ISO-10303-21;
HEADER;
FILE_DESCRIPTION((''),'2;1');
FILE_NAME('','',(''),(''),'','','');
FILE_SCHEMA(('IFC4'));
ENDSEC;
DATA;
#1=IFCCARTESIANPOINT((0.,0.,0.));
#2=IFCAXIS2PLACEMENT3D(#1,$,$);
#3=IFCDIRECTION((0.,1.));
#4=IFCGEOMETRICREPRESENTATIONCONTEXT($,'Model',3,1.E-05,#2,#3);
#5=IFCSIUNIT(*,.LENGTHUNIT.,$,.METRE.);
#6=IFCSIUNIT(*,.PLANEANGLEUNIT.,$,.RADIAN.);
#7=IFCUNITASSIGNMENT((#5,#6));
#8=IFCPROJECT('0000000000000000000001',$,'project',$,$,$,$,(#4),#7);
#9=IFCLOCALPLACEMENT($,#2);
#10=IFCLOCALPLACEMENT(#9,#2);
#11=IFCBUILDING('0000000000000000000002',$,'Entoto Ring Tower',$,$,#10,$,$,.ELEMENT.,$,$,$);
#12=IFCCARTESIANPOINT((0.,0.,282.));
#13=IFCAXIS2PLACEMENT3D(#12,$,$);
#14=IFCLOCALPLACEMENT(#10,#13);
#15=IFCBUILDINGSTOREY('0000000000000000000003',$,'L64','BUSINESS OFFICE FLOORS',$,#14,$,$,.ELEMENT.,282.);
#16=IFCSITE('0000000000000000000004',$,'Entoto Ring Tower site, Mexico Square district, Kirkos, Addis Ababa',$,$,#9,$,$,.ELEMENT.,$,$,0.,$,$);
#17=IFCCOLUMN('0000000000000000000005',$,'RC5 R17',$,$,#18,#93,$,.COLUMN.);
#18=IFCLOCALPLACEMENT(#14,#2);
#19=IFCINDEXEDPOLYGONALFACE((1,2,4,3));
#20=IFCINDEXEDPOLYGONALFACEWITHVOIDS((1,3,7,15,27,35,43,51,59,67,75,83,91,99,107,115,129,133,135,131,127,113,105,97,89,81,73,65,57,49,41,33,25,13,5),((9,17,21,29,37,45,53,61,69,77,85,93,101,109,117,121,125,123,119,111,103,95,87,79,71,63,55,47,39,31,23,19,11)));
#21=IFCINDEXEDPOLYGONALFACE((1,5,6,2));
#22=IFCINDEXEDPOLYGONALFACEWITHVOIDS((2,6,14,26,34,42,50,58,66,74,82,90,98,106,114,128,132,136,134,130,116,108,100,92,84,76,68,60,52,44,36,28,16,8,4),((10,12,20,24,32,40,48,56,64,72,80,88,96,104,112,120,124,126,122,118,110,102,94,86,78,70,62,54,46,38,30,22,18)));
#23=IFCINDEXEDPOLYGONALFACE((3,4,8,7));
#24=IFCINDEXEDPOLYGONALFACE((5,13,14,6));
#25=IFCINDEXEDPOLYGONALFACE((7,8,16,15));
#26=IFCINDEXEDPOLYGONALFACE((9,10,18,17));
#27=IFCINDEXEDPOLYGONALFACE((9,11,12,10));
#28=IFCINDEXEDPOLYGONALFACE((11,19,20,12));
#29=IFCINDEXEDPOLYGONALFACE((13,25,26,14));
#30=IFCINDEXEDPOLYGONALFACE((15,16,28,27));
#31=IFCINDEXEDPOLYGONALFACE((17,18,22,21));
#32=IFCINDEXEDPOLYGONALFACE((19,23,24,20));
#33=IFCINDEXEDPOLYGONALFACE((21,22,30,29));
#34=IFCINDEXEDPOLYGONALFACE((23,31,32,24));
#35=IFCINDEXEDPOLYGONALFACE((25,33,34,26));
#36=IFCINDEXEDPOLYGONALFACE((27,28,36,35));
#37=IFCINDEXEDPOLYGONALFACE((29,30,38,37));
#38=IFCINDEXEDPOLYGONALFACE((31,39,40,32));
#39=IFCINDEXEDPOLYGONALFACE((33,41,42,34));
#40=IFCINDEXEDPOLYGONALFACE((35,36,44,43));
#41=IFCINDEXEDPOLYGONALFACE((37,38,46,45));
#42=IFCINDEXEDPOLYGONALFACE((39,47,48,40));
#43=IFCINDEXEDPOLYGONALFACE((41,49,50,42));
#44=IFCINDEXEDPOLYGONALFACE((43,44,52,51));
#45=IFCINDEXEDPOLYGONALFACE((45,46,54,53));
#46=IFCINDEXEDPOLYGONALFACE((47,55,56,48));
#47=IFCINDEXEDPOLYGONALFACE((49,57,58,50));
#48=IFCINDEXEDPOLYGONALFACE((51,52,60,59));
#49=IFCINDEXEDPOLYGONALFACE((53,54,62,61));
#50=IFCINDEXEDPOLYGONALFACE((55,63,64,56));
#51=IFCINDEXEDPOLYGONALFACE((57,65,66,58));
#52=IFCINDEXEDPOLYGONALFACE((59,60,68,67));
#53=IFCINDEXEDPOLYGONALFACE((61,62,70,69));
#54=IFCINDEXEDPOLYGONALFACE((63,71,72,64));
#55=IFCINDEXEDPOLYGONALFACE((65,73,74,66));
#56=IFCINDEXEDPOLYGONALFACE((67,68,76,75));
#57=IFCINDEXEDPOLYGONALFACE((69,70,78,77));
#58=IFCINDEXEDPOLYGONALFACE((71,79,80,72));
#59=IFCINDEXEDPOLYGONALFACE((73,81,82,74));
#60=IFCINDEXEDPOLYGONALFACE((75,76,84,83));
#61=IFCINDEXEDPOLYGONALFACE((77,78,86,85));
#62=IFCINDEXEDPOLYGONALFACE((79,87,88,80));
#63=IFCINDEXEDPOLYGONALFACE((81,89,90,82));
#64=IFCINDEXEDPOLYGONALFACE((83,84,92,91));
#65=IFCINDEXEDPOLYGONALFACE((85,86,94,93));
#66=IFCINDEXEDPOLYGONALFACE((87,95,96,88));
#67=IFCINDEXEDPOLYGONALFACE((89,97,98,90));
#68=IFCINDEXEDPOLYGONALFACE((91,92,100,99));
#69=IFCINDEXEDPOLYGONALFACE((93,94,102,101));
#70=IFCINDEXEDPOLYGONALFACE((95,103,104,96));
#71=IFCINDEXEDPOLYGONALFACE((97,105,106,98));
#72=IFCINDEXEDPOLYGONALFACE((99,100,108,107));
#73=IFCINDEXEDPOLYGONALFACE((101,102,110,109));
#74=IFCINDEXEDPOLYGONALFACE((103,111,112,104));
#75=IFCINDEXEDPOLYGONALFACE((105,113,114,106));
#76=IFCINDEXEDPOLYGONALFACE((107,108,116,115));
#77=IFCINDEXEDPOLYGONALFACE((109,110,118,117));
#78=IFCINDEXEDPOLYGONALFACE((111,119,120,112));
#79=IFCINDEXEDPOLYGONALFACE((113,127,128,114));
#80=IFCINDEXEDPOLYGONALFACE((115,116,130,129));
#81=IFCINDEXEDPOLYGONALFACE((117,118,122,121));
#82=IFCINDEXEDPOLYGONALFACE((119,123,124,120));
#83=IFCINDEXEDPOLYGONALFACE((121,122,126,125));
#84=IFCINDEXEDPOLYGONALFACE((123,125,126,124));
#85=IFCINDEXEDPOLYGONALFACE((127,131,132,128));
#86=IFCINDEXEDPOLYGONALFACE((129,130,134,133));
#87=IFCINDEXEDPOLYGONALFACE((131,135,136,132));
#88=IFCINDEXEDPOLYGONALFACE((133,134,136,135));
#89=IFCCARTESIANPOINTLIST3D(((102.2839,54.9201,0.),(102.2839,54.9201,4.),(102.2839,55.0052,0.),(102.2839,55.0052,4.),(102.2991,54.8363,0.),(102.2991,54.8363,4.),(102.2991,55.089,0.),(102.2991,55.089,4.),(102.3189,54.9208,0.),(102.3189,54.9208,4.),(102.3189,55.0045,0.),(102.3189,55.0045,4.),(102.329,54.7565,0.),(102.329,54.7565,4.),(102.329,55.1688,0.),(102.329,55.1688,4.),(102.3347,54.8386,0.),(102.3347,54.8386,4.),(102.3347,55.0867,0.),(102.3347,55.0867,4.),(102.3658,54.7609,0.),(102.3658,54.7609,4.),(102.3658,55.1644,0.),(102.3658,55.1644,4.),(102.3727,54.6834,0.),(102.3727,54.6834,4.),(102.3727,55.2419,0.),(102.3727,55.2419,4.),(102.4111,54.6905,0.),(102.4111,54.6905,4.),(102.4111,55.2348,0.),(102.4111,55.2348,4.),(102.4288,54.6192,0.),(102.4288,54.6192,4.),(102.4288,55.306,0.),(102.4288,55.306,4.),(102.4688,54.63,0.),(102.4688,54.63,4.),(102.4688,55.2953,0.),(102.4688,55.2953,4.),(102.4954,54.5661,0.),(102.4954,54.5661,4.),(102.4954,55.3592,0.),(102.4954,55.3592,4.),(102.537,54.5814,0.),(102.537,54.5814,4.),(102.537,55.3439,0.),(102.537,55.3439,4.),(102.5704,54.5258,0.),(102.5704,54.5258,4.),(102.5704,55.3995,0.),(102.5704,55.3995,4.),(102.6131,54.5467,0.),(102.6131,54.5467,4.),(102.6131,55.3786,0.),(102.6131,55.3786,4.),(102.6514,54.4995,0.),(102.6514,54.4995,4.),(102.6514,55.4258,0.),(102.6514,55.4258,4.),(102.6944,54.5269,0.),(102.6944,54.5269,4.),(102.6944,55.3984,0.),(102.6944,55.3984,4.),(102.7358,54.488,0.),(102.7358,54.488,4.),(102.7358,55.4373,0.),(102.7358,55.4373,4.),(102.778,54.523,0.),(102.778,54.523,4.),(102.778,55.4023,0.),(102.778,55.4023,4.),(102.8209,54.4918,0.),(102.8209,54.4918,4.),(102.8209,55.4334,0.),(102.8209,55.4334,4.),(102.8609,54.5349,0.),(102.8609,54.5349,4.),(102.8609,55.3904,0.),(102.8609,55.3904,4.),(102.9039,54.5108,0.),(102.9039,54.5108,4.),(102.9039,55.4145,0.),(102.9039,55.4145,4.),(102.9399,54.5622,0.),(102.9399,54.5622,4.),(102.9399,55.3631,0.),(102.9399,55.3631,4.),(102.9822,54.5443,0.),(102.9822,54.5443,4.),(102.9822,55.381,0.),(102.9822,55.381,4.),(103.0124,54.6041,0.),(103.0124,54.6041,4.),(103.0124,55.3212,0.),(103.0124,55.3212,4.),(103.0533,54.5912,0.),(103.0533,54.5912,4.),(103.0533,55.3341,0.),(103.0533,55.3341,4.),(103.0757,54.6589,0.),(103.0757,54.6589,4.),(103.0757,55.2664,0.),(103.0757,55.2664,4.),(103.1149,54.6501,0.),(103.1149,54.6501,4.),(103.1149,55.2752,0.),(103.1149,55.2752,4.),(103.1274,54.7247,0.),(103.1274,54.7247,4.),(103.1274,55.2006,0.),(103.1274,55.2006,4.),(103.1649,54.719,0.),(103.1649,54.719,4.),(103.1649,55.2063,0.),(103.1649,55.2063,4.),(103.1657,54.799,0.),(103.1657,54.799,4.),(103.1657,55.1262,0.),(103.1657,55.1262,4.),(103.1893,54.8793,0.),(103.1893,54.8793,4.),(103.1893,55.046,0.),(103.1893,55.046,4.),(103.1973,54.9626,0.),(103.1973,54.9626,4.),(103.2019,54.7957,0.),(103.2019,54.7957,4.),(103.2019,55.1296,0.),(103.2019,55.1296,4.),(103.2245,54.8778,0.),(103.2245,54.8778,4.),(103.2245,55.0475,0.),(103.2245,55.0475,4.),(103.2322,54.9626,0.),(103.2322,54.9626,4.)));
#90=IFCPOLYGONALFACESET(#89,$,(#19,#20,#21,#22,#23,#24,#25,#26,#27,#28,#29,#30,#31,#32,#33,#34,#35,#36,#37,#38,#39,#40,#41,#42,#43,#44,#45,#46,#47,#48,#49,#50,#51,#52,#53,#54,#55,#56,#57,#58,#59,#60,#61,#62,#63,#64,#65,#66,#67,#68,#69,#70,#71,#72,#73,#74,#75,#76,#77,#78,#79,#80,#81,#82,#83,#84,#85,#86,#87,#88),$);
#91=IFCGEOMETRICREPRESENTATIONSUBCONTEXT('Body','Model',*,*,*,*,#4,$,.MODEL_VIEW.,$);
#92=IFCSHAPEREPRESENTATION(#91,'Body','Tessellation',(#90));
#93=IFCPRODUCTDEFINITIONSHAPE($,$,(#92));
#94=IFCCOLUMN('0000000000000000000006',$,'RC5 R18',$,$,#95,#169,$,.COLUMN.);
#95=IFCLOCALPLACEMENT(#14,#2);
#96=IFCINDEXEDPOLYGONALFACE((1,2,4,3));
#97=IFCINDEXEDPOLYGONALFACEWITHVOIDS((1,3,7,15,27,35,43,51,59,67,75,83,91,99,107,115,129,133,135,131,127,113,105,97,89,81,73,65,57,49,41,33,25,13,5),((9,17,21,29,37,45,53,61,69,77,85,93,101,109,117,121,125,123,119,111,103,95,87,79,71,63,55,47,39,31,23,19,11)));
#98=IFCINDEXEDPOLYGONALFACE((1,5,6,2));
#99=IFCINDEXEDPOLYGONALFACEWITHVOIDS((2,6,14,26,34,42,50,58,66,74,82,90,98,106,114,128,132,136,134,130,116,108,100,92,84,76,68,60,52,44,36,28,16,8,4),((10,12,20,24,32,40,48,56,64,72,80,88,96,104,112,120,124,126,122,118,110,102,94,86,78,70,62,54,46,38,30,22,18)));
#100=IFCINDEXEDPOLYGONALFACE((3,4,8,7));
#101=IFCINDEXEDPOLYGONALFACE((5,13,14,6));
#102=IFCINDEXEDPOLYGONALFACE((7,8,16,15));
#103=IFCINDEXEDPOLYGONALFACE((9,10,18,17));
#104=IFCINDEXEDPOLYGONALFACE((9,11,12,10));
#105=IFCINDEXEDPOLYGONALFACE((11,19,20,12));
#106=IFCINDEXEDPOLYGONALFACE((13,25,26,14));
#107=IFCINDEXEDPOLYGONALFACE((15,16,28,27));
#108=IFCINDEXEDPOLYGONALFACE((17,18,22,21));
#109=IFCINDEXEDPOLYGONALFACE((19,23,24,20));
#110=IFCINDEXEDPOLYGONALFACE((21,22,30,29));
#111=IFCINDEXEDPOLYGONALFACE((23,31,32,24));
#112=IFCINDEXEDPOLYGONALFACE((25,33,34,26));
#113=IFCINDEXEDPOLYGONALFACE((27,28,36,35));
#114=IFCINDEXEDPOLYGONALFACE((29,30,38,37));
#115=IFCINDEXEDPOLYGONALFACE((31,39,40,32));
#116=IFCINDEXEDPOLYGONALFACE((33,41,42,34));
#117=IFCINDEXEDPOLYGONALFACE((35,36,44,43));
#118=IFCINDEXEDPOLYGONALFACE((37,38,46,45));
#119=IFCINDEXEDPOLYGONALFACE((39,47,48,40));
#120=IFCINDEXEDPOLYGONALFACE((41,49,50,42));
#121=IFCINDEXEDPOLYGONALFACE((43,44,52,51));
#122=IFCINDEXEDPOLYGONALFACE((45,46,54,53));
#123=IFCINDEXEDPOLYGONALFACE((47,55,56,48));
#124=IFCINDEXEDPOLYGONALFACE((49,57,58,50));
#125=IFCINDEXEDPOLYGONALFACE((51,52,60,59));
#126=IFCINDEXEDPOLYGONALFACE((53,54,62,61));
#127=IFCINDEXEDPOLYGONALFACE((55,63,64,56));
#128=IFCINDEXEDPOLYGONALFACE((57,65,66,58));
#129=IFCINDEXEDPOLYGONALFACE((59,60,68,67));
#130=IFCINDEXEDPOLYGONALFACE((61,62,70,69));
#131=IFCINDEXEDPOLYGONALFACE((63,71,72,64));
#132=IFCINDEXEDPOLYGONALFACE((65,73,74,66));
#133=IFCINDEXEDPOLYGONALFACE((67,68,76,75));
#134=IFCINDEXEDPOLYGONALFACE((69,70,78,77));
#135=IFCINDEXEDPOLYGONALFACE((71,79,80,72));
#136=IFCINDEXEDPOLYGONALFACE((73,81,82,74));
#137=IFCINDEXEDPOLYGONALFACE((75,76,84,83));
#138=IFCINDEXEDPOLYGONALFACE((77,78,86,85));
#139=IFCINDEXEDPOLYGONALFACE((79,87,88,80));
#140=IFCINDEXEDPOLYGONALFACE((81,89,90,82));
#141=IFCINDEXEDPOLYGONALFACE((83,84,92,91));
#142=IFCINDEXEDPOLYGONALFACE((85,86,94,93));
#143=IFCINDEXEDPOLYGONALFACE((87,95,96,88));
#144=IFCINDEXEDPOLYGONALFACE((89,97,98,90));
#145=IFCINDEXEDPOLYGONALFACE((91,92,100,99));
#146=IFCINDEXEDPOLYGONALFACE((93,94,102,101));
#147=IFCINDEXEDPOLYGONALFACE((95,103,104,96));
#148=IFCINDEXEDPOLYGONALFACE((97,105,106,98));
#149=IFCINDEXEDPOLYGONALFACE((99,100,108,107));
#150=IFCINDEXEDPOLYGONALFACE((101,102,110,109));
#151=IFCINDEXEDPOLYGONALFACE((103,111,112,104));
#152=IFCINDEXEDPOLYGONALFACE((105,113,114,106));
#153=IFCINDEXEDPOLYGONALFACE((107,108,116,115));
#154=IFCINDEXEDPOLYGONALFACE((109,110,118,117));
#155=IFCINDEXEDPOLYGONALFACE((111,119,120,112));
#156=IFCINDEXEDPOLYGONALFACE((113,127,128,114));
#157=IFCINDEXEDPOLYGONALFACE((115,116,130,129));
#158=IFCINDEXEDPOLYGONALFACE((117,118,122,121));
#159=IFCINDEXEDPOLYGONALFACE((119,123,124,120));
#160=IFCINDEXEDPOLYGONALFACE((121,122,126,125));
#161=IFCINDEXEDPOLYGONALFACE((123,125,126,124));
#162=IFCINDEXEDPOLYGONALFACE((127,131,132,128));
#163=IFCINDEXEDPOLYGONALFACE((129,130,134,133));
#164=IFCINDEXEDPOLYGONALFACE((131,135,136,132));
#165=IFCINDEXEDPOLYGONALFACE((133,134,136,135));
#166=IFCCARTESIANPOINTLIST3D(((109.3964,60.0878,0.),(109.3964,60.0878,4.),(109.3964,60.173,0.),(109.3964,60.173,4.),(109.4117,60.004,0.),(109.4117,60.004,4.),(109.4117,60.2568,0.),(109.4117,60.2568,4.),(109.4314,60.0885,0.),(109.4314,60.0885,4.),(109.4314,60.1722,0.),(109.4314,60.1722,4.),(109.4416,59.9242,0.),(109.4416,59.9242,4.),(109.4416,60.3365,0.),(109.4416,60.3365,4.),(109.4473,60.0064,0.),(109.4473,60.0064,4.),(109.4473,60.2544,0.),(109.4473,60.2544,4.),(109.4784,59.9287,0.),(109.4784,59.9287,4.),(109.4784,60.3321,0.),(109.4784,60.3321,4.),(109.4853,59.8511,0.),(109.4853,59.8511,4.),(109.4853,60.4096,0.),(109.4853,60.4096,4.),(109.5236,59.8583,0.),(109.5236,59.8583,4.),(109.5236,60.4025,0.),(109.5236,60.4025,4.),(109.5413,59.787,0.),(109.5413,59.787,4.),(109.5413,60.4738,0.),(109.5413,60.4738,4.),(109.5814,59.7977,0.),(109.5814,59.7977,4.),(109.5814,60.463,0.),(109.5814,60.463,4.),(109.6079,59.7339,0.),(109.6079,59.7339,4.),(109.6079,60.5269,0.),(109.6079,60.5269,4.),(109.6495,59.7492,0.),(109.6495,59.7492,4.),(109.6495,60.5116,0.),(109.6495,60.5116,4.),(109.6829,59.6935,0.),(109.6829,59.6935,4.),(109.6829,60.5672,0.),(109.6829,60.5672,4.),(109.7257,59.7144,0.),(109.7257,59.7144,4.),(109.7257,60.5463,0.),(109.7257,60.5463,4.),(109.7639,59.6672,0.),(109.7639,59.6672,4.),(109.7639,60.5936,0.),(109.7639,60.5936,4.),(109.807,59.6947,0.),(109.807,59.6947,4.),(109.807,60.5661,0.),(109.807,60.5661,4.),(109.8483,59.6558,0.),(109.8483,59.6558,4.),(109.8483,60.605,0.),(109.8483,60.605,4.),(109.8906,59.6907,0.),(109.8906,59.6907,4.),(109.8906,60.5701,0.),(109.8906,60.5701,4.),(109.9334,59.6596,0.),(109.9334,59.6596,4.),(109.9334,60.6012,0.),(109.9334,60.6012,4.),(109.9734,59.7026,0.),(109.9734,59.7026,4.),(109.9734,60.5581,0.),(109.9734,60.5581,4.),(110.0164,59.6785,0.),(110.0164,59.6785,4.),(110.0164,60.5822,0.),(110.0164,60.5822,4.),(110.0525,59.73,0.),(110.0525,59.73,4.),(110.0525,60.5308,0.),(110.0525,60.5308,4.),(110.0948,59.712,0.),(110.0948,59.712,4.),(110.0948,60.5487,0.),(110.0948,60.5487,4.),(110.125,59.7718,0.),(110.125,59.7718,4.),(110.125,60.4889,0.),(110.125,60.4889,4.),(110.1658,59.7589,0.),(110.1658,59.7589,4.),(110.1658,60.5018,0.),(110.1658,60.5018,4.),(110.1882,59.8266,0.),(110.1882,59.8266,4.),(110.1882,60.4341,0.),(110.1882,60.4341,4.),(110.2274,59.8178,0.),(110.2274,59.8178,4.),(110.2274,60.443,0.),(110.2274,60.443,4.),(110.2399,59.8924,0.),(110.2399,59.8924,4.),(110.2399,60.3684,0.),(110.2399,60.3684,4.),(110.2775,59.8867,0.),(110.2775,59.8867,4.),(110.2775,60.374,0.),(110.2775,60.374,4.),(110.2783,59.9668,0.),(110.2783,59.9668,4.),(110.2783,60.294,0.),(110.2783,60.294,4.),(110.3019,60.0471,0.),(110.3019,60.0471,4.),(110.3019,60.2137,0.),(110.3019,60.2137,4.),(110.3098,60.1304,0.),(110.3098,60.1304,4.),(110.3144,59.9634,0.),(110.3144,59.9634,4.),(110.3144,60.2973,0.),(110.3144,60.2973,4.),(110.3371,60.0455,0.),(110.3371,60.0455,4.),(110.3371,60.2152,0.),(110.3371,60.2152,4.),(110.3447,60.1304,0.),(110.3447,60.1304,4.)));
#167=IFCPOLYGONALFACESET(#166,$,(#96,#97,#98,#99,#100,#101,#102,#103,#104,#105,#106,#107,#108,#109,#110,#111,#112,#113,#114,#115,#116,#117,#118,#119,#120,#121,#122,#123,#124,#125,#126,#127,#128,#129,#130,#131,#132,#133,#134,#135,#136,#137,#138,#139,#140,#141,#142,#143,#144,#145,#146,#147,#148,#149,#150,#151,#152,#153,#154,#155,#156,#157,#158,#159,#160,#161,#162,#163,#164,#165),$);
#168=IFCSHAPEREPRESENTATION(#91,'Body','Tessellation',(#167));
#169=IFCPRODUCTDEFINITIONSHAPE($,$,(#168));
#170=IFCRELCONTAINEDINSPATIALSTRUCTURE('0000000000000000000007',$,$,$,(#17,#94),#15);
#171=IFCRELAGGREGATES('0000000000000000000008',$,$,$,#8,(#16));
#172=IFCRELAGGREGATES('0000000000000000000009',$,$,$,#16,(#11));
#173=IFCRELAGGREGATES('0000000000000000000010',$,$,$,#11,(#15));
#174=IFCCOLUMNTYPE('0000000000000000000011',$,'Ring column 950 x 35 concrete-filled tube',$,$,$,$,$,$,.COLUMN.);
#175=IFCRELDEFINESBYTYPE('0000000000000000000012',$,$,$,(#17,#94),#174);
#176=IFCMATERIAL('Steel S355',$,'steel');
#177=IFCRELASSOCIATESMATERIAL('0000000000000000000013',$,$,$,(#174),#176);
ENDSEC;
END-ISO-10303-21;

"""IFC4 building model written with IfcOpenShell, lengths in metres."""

from ifc_helpers import new_model, si_unit, direction, frame, origin, origin_2d, place, context, subcontext, project, spatial, circle, hollow_circle, extrude, material, material_profile, profile_set, type_object, element, save


model = new_model("IFC4")

# Units and contexts
model_context = context("Model", 3, precision=1e-05, world=origin(), true_north=direction((0.0, 1.0)))
body_context = subcontext(model_context, "Body", "Model", "MODEL_VIEW")
ifc_project = project(units=[si_unit("LENGTHUNIT", "METRE"), si_unit("PLANEANGLEUNIT", "RADIAN")], contexts=[model_context])

# Site, building, storey
site_placement = place(None, origin())
site = spatial("IfcSite", under=ifc_project, at=site_placement, Name="Entoto Ring Tower site, Mexico Square district, Kirkos, Addis Ababa", CompositionType="ELEMENT", RefElevation=0.0)
building_placement = place(site_placement, origin())
building = spatial("IfcBuilding", under=site, at=building_placement, Name="Entoto Ring Tower", CompositionType="ELEMENT")
storey_placement = place(building_placement, frame((0.0, 0.0, 282.0)))
storey = spatial("IfcBuildingStorey", under=building, at=storey_placement, Name="L64", Description="BUSINESS OFFICE FLOORS", CompositionType="ELEMENT", Elevation=282.0)

# Columns
ifc_material_1 = material(Name="Steel S355", Category="steel")
ifc_material_profile_1 = material_profile(ifc_material_1, hollow_circle(Radius=0.4751, WallThickness=0.0349, at=origin_2d()), Name="CHS 950 x 35")
ifc_material_2 = material(Name="Concrete C60/75", Category="concrete")
ifc_material_profile_2 = material_profile(ifc_material_2, circle(Radius=0.4399, at=origin_2d()), Name="Concrete C60/75 infill")
ifc_profile_set_1 = profile_set([ifc_material_profile_1, ifc_material_profile_2], Name="Steel S355")
column_type = type_object("IfcColumnType", Name="Ring column 950 x 35 concrete-filled tube", PredefinedType="COLUMN", material=ifc_profile_set_1)
for number, where, z_axis, x_axis, name in (
    (1, (102.7571, 54.9626, 0.0), (0.0, 0.0, 1.0), (1.0, 0.0, 0.0), "RC5 R17"),
    (2, (109.8696, 60.1304, 0.0), (0.0, 0.0, 1.0), (1.0, 0.0, 0.0), "RC5 R18"),
):
    element("IfcColumn", number, at=place(storey_placement, frame(where, z_axis=z_axis, x_axis=x_axis)), inside=storey, type_object=column_type, Name=name, PredefinedType="COLUMN", context=body_context, shape_type="SweptSolid", body=[
        extrude(hollow_circle(Radius=0.4751, WallThickness=0.0349, at=origin_2d()), origin(), (0.0, 0.0, 1.0), 4.0),
    ])

save(model, "model.ifc")
